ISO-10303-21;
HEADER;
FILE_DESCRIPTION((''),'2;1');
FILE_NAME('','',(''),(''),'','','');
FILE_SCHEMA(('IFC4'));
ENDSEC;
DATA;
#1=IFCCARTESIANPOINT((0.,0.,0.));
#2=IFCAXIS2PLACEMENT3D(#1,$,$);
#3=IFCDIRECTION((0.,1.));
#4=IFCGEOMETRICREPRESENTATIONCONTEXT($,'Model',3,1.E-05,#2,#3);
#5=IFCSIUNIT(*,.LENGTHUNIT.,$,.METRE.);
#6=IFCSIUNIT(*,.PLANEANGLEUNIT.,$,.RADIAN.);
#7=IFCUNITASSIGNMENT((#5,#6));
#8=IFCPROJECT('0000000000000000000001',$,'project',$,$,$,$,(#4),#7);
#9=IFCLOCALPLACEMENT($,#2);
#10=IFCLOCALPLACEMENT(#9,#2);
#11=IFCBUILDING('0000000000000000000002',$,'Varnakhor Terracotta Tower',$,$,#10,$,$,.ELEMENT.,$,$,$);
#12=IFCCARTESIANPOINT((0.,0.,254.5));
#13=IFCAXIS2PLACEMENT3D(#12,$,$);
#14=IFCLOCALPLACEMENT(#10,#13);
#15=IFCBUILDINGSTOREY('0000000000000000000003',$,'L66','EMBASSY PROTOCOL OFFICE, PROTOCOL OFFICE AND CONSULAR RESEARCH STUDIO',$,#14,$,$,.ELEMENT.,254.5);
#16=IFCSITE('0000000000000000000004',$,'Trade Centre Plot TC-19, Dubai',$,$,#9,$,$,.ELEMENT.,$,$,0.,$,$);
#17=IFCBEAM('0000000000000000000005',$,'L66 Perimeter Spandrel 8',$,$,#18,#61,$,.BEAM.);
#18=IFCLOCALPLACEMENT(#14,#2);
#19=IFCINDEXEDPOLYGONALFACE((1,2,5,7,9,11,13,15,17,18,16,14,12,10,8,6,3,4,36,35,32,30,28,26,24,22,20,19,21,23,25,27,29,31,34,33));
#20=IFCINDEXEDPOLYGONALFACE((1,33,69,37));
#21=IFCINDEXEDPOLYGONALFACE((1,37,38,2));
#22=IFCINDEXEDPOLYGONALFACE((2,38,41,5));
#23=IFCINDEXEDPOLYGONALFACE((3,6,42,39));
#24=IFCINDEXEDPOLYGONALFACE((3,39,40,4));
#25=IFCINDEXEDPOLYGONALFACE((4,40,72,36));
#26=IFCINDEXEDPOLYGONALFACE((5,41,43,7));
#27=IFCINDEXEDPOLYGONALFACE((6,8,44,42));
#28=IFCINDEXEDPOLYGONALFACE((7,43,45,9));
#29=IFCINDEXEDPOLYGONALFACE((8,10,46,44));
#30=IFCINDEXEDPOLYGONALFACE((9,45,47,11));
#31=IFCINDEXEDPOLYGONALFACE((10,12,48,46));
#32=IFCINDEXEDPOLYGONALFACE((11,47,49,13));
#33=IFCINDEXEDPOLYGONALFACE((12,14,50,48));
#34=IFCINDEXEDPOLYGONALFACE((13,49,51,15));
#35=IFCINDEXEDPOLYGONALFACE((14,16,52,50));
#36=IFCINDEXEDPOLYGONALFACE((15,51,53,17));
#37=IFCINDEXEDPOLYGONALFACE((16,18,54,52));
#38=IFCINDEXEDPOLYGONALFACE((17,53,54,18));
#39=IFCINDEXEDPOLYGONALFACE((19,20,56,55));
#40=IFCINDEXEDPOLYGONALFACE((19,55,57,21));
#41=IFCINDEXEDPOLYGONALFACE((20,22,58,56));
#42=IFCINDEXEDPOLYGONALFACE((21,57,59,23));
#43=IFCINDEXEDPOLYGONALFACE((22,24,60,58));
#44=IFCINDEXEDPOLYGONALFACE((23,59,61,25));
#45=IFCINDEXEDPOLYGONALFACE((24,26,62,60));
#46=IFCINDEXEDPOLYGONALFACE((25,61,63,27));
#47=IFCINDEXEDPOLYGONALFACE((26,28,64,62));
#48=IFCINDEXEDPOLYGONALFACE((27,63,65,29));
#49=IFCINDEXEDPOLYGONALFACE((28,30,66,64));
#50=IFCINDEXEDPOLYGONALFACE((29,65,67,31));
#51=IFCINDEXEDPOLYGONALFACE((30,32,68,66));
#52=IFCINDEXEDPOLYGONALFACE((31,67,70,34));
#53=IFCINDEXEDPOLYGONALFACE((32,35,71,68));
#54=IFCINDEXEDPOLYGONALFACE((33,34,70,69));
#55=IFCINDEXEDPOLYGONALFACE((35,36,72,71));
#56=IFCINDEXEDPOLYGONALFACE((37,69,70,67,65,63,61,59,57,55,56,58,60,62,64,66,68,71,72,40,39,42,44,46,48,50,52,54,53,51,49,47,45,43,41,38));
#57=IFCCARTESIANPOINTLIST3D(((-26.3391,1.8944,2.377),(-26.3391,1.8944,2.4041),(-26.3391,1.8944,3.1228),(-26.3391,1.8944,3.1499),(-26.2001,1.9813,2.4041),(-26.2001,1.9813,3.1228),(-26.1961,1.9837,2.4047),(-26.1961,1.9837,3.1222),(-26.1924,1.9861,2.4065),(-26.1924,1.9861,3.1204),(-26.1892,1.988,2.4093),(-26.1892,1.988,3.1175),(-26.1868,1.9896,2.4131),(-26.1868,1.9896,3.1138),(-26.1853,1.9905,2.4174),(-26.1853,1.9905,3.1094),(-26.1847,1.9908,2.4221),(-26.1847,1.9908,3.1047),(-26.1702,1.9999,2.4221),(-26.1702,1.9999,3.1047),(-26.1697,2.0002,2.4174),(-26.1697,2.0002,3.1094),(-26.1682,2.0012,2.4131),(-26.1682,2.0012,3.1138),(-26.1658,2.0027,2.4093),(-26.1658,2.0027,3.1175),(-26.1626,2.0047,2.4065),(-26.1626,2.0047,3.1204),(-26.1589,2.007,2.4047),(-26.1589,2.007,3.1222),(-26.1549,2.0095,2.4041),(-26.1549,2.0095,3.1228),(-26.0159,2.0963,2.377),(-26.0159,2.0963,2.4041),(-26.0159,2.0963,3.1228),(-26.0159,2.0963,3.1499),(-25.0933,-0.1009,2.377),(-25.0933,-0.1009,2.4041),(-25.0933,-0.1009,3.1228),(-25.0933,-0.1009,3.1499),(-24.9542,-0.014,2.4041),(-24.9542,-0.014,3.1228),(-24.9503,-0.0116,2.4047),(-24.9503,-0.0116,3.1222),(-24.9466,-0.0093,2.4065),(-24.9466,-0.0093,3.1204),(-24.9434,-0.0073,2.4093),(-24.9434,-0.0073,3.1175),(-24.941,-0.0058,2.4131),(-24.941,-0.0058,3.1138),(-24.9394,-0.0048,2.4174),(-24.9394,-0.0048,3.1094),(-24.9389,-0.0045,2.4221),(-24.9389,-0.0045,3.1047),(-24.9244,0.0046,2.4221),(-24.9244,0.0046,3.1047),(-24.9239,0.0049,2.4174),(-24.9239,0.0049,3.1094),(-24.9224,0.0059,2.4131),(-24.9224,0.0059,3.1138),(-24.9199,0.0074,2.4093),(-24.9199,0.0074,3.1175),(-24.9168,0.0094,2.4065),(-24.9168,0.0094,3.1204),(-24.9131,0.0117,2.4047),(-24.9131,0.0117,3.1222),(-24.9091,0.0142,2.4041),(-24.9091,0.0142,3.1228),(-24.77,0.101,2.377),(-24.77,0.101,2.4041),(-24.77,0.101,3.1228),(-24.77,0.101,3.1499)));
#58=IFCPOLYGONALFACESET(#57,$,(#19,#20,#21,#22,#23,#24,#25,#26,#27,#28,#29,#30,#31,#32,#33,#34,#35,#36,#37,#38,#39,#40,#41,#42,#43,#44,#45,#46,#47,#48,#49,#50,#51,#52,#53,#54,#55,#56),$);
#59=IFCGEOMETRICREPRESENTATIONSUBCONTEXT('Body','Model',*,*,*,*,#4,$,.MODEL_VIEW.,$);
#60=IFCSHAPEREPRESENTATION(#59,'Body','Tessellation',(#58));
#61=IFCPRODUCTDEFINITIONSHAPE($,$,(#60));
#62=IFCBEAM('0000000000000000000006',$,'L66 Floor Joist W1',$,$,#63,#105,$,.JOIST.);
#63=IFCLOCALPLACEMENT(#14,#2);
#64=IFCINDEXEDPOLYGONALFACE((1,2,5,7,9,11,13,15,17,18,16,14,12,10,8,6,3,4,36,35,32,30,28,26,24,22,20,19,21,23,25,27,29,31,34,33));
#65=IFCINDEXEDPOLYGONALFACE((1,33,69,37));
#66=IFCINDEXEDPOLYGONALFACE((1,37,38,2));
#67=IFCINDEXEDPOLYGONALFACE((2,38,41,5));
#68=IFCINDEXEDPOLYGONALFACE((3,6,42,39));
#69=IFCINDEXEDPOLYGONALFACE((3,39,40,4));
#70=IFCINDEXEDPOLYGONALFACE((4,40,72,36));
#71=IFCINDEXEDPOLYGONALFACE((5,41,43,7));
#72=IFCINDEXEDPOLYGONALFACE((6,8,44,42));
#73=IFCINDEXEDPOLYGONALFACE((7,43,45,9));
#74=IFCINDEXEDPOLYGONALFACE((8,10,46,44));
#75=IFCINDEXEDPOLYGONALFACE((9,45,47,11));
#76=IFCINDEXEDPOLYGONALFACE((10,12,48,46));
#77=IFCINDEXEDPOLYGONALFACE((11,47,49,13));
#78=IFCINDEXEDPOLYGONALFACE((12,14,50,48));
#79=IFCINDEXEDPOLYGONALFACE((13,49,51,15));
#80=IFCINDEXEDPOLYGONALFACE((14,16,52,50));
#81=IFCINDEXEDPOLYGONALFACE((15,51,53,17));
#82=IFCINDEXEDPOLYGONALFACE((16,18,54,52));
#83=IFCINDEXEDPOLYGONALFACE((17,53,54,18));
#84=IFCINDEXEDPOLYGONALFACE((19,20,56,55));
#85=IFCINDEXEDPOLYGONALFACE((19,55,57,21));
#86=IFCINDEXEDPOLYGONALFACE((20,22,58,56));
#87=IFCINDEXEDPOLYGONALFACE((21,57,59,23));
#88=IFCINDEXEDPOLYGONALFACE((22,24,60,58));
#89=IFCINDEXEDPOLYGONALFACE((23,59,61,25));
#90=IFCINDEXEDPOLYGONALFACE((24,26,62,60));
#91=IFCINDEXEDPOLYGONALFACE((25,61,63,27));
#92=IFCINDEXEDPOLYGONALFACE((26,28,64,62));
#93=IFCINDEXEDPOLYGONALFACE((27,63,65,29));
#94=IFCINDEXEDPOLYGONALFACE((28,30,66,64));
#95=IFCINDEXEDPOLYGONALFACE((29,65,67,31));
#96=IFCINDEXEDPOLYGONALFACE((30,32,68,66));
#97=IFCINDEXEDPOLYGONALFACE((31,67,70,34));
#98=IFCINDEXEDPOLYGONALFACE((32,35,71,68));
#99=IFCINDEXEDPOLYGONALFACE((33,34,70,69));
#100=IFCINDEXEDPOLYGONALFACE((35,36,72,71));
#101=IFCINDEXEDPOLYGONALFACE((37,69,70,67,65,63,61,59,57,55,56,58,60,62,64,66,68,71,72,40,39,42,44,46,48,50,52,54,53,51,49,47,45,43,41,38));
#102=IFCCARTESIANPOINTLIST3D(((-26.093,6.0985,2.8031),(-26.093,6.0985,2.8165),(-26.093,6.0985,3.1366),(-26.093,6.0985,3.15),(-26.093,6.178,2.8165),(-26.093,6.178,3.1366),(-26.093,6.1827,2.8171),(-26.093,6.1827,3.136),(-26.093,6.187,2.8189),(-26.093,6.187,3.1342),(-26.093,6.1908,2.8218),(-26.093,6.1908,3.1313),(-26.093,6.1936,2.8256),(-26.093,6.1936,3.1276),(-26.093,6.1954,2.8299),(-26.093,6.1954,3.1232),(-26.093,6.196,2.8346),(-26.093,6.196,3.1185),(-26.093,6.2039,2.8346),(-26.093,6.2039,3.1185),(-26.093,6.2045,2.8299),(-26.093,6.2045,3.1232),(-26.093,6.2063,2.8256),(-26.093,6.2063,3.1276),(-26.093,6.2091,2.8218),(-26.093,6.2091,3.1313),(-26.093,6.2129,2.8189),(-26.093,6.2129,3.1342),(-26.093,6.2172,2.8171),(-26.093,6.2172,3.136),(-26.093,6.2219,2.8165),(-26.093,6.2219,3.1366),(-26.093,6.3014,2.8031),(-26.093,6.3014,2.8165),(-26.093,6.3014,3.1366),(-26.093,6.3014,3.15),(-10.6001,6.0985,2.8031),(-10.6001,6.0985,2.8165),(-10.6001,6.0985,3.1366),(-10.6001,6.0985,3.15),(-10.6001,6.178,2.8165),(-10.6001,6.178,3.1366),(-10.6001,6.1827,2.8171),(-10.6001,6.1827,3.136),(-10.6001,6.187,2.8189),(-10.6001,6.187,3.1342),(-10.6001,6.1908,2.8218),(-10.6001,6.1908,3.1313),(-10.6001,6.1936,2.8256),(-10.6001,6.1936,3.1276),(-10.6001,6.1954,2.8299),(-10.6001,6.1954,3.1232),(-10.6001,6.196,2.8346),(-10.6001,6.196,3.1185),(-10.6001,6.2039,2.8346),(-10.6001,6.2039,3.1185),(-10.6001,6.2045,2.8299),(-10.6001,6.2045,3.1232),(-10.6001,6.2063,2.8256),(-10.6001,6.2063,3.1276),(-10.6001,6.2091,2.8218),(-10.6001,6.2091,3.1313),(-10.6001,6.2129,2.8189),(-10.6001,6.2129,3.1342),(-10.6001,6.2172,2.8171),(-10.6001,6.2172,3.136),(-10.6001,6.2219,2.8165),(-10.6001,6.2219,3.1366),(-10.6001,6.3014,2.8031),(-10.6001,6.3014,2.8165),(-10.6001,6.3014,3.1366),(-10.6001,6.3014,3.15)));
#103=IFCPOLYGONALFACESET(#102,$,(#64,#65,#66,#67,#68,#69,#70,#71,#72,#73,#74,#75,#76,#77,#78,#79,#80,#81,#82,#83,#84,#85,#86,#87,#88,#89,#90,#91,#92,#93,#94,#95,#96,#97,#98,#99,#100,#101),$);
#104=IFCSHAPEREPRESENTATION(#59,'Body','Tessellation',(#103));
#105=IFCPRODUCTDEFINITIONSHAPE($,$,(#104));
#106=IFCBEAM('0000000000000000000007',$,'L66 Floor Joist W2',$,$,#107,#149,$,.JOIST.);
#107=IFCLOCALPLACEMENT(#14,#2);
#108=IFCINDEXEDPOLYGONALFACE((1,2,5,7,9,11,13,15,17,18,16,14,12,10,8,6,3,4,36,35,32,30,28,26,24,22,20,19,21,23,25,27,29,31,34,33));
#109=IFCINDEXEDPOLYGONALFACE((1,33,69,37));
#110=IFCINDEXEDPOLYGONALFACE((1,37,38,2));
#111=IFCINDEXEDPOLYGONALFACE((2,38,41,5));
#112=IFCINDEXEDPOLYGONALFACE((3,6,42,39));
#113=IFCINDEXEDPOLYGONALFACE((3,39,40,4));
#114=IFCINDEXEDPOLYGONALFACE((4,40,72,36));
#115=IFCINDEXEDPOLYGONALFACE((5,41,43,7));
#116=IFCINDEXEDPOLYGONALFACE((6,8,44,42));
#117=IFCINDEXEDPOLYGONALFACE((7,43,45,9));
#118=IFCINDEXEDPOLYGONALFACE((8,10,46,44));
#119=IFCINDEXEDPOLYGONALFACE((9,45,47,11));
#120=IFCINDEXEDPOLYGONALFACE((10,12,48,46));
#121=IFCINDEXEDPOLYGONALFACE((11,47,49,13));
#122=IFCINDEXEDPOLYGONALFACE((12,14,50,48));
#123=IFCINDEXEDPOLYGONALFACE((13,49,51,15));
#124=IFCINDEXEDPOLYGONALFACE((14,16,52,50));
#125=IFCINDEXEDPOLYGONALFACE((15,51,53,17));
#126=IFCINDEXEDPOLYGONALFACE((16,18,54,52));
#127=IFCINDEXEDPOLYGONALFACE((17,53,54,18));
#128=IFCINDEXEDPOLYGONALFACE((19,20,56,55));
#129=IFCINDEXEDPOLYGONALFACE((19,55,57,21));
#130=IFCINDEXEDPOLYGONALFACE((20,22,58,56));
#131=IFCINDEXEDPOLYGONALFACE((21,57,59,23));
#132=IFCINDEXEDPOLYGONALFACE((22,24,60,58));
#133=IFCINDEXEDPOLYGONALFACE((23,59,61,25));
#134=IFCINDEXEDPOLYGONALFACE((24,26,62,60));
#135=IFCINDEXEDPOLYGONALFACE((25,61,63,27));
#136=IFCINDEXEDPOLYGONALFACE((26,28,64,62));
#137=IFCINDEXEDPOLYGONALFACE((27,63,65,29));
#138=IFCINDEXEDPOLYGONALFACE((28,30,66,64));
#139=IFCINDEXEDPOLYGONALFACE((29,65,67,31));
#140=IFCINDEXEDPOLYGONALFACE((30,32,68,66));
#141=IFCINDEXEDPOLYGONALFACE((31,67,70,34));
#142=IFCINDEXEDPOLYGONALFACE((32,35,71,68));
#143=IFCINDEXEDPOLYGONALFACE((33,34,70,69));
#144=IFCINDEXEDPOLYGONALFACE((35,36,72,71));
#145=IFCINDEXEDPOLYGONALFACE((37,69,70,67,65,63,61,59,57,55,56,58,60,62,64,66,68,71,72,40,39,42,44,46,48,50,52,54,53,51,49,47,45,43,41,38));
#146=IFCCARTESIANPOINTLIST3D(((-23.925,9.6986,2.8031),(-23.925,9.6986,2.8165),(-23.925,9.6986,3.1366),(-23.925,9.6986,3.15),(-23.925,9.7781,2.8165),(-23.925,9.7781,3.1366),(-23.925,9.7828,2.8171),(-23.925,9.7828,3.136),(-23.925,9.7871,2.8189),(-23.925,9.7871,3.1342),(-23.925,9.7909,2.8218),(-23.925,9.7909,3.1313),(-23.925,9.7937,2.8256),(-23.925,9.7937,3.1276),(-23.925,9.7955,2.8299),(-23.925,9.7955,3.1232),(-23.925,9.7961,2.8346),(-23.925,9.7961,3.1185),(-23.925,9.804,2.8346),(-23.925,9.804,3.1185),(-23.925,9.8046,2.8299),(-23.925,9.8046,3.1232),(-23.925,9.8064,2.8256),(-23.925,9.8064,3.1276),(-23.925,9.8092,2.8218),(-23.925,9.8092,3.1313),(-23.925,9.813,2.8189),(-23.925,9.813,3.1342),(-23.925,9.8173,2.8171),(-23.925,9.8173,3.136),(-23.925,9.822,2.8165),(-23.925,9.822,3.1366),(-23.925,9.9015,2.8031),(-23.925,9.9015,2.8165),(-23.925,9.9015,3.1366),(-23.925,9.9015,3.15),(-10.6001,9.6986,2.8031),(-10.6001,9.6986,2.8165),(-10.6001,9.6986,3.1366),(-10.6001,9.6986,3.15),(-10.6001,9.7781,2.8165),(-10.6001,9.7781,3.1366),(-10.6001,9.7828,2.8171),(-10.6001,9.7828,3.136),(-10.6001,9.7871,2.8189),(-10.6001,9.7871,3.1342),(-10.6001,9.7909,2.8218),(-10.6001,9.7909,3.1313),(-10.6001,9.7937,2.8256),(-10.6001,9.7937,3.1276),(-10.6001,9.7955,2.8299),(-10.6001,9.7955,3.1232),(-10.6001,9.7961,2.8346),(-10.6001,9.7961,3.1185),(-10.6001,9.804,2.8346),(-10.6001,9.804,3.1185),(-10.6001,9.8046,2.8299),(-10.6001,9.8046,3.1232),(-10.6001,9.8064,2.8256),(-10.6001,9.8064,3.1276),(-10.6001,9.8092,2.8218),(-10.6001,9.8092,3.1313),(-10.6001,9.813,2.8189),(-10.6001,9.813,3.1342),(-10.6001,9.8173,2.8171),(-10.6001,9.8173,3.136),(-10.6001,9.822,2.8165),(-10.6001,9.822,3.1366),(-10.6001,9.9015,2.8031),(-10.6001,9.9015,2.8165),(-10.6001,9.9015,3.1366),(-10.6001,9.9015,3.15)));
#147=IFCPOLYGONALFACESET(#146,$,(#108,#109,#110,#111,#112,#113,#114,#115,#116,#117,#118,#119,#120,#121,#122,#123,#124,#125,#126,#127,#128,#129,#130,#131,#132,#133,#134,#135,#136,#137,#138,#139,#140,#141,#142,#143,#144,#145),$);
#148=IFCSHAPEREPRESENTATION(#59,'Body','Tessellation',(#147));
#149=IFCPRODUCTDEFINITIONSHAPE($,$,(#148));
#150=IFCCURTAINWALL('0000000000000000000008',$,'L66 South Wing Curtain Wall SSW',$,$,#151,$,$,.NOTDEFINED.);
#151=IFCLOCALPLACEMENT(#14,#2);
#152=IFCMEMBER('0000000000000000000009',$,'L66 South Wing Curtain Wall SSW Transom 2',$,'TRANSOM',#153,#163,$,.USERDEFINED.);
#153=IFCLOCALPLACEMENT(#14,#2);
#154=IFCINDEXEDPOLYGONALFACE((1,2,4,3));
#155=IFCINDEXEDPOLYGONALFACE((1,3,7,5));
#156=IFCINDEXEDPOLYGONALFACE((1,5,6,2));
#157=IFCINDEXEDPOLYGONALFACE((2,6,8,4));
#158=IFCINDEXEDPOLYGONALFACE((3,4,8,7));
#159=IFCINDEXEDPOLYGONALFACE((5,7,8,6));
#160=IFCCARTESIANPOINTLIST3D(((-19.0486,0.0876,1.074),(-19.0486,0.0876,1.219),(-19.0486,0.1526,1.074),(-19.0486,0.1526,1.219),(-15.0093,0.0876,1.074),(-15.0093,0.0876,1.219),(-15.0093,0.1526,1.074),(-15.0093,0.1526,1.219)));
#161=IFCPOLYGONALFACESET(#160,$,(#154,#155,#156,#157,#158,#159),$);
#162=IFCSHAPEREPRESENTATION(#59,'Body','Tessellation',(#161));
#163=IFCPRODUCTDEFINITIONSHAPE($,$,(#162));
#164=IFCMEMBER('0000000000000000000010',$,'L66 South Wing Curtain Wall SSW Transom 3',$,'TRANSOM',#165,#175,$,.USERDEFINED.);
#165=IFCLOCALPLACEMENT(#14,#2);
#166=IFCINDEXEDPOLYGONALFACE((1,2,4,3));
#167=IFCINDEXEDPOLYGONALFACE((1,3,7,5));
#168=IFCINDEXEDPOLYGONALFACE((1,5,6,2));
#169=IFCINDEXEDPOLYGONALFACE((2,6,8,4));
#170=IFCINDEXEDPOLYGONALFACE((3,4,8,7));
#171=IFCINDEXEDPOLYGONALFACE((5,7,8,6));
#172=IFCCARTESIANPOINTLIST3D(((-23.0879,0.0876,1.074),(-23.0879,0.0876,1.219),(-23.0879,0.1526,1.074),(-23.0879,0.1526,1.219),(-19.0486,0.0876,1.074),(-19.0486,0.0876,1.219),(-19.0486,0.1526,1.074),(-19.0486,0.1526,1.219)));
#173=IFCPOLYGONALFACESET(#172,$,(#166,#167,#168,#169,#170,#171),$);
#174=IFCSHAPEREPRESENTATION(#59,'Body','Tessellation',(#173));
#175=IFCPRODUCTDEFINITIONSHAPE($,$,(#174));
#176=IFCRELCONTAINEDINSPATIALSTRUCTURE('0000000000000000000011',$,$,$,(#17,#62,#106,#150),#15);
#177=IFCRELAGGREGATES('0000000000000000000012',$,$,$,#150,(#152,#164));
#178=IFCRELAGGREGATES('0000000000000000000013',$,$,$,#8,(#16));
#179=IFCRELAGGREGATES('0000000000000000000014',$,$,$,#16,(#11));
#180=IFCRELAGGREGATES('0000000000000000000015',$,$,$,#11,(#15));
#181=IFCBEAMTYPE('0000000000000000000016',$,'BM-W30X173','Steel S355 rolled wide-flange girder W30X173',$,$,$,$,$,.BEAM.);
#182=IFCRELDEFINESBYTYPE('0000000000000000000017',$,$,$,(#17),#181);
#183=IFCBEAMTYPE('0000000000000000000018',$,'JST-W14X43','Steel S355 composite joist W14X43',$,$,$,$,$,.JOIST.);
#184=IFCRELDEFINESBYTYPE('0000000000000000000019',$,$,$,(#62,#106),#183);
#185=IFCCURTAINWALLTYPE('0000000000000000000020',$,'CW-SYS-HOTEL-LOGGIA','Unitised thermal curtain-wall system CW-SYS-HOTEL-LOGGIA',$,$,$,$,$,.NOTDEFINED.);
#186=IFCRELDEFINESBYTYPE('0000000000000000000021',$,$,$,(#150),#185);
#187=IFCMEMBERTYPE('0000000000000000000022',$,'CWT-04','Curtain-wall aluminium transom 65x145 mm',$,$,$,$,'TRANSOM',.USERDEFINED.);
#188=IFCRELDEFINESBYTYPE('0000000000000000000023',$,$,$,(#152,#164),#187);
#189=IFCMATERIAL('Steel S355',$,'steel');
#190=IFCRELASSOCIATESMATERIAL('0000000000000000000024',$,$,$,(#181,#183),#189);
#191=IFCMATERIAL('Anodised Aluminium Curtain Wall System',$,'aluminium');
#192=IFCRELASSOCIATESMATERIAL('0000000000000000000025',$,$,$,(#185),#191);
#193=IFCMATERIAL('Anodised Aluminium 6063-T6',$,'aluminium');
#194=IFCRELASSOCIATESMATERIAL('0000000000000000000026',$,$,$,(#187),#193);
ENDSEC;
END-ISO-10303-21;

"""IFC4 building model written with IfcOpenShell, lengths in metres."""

from ifc_helpers import new_model, si_unit, direction, frame, origin, origin_2d, place, context, subcontext, project, spatial, rectangle, i_section, extrude, source, transform, mapped, material, material_profile, profile_set, type_object, element, aggregate, save


model = new_model("IFC4")

# Units and contexts
model_context = context("Model", 3, precision=1e-05, world=origin(), true_north=direction((0.0, 1.0)))
body_context = subcontext(model_context, "Body", "Model", "MODEL_VIEW")
ifc_project = project(units=[si_unit("LENGTHUNIT", "METRE"), si_unit("PLANEANGLEUNIT", "RADIAN")], contexts=[model_context])

# Site, building, storey
site_placement = place(None, origin())
site = spatial("IfcSite", under=ifc_project, at=site_placement, Name="Trade Centre Plot TC-19, Dubai", CompositionType="ELEMENT", RefElevation=0.0)
building_placement = place(site_placement, origin())
building = spatial("IfcBuilding", under=site, at=building_placement, Name="Varnakhor Terracotta Tower", CompositionType="ELEMENT")
storey_placement = place(building_placement, frame((0.0, 0.0, 254.5)))
storey = spatial("IfcBuildingStorey", under=building, at=storey_placement, Name="L66", Description="EMBASSY PROTOCOL OFFICE, PROTOCOL OFFICE AND CONSULAR RESEARCH STUDIO", CompositionType="ELEMENT", Elevation=254.5)

# Beams
ifc_material_1 = material(Name="Steel S355", Category="steel")
ifc_material_profile_1 = material_profile(ifc_material_1, i_section(OverallWidth=0.3811, OverallDepth=0.7729, WebThickness=0.0171, FlangeThickness=0.0271, FilletRadius=0.0181, at=origin_2d()), Name="W30X173")
ifc_profile_set_1 = profile_set([ifc_material_profile_1], Name="Steel S355")
beam_type_1 = type_object("IfcBeamType", Name="BM-W30X173", Description="Steel S355 rolled wide-flange girder W30X173", PredefinedType="BEAM", material=ifc_profile_set_1)
shared_shape_1 = source(origin(), body_context, "Body", "SweptSolid", [
    extrude(i_section(OverallWidth=0.3811, OverallDepth=0.7729, WebThickness=0.0171, FlangeThickness=0.0271, FilletRadius=0.0181, at=origin_2d()), origin(), (0.0, 0.0, 1.0), 2.3523),
])
beam_1_placement = place(storey_placement, frame((-26.1775, 1.9954, 2.7634), z_axis=(0.529616, -0.848237, 0.0), x_axis=(0.848237, 0.529616, 0.0)))
element("IfcBeam", 1, at=beam_1_placement, inside=storey, type_object=beam_type_1, Name="L66 Perimeter Spandrel 8", PredefinedType="BEAM", context=body_context, shape_type="MappedRepresentation", body=[
    mapped(shared_shape_1, transform((0.0, 0.0, 0.0), scale=1.0)),
])
ifc_material_profile_2 = material_profile(ifc_material_1, i_section(OverallWidth=0.2029, OverallDepth=0.3469, WebThickness=0.0078, FlangeThickness=0.0134, FilletRadius=0.0181, at=origin_2d()), Name="W14X43")
ifc_profile_set_2 = profile_set([ifc_material_profile_2], Name="Steel S355")
beam_type_2 = type_object("IfcBeamType", Name="JST-W14X43", Description="Steel S355 composite joist W14X43", PredefinedType="JOIST", material=ifc_profile_set_2)
shared_shape_2 = source(origin(), body_context, "Body", "SweptSolid", [
    extrude(i_section(OverallWidth=0.2029, OverallDepth=0.3469, WebThickness=0.0078, FlangeThickness=0.0134, FilletRadius=0.0181, at=origin_2d()), origin(), (0.0, 0.0, 1.0), 15.4929),
])
beam_2_placement = place(storey_placement, frame((-26.093, 6.2, 2.9766), z_axis=(1.0, 0.0, 0.0), x_axis=(0.0, 1.0, 0.0)))
element("IfcBeam", 2, at=beam_2_placement, inside=storey, type_object=beam_type_2, Name="L66 Floor Joist W1", PredefinedType="JOIST", context=body_context, shape_type="MappedRepresentation", body=[
    mapped(shared_shape_2, transform((0.0, 0.0, 0.0), scale=1.0)),
])
shared_shape_3 = source(origin(), body_context, "Body", "SweptSolid", [
    extrude(i_section(OverallWidth=0.2029, OverallDepth=0.3469, WebThickness=0.0078, FlangeThickness=0.0134, FilletRadius=0.0181, at=origin_2d()), origin(), (0.0, 0.0, 1.0), 13.325),
])
beam_3_placement = place(storey_placement, frame((-23.925, 9.8, 2.9766), z_axis=(1.0, 0.0, 0.0), x_axis=(0.0, 1.0, 0.0)))
element("IfcBeam", 3, at=beam_3_placement, inside=storey, type_object=beam_type_2, Name="L66 Floor Joist W2", PredefinedType="JOIST", context=body_context, shape_type="MappedRepresentation", body=[
    mapped(shared_shape_3, transform((0.0, 0.0, 0.0), scale=1.0)),
])

# Curtain wall, members
ifc_material_2 = material(Name="Anodised Aluminium Curtain Wall System", Category="aluminium")
curtain_wall_type = type_object("IfcCurtainWallType", Name="CW-SYS-HOTEL-LOGGIA", Description="Unitised thermal curtain-wall system CW-SYS-HOTEL-LOGGIA", PredefinedType="NOTDEFINED", material=ifc_material_2)
curtain_wall_1_placement = place(storey_placement, origin())
curtain_wall_1 = element("IfcCurtainWall", 4, at=curtain_wall_1_placement, inside=storey, type_object=curtain_wall_type, Name="L66 South Wing Curtain Wall SSW", PredefinedType="NOTDEFINED")
ifc_material_3 = material(Name="Anodised Aluminium 6063-T6", Category="aluminium")
ifc_material_profile_3 = material_profile(ifc_material_3, rectangle(XDim=0.0649, YDim=0.145, at=origin_2d()), Name="ALU TRANSOM 65x145")
ifc_profile_set_3 = profile_set([ifc_material_profile_3], Name="Anodised Aluminium 6063-T6")
member_type_1 = type_object("IfcMemberType", Name="CWT-04", Description="Curtain-wall aluminium transom 65x145 mm", ElementType="TRANSOM", PredefinedType="USERDEFINED", material=ifc_profile_set_3)
shared_shape_4 = source(origin(), body_context, "Body", "SweptSolid", [
    extrude(rectangle(XDim=0.0649, YDim=0.145, at=origin_2d()), origin(), (0.0, 0.0, 1.0), 4.0393),
])
member_1_placement = place(storey_placement, frame((-15.0093, 0.1201, 1.1465), z_axis=(-1.0, 0.0, 0.0), x_axis=(0.0, -1.0, 0.0)))
member_1 = element("IfcMember", 5, at=member_1_placement, type_object=member_type_1, Name="L66 South Wing Curtain Wall SSW Transom 2", ObjectType="TRANSOM", PredefinedType="USERDEFINED", context=body_context, shape_type="MappedRepresentation", body=[
    mapped(shared_shape_4, transform((0.0, 0.0, 0.0), scale=1.0)),
])
member_2_placement = place(storey_placement, frame((-19.0486, 0.1201, 1.1465), z_axis=(-1.0, 0.0, 0.0), x_axis=(0.0, -1.0, 0.0)))
member_2 = element("IfcMember", 6, at=member_2_placement, type_object=member_type_1, Name="L66 South Wing Curtain Wall SSW Transom 3", ObjectType="TRANSOM", PredefinedType="USERDEFINED", context=body_context, shape_type="MappedRepresentation", body=[
    mapped(shared_shape_4, transform((0.0, 0.0, 0.0), scale=1.0)),
])

aggregate(curtain_wall_1, [member_1, member_2])

save(model, "model.ifc")
